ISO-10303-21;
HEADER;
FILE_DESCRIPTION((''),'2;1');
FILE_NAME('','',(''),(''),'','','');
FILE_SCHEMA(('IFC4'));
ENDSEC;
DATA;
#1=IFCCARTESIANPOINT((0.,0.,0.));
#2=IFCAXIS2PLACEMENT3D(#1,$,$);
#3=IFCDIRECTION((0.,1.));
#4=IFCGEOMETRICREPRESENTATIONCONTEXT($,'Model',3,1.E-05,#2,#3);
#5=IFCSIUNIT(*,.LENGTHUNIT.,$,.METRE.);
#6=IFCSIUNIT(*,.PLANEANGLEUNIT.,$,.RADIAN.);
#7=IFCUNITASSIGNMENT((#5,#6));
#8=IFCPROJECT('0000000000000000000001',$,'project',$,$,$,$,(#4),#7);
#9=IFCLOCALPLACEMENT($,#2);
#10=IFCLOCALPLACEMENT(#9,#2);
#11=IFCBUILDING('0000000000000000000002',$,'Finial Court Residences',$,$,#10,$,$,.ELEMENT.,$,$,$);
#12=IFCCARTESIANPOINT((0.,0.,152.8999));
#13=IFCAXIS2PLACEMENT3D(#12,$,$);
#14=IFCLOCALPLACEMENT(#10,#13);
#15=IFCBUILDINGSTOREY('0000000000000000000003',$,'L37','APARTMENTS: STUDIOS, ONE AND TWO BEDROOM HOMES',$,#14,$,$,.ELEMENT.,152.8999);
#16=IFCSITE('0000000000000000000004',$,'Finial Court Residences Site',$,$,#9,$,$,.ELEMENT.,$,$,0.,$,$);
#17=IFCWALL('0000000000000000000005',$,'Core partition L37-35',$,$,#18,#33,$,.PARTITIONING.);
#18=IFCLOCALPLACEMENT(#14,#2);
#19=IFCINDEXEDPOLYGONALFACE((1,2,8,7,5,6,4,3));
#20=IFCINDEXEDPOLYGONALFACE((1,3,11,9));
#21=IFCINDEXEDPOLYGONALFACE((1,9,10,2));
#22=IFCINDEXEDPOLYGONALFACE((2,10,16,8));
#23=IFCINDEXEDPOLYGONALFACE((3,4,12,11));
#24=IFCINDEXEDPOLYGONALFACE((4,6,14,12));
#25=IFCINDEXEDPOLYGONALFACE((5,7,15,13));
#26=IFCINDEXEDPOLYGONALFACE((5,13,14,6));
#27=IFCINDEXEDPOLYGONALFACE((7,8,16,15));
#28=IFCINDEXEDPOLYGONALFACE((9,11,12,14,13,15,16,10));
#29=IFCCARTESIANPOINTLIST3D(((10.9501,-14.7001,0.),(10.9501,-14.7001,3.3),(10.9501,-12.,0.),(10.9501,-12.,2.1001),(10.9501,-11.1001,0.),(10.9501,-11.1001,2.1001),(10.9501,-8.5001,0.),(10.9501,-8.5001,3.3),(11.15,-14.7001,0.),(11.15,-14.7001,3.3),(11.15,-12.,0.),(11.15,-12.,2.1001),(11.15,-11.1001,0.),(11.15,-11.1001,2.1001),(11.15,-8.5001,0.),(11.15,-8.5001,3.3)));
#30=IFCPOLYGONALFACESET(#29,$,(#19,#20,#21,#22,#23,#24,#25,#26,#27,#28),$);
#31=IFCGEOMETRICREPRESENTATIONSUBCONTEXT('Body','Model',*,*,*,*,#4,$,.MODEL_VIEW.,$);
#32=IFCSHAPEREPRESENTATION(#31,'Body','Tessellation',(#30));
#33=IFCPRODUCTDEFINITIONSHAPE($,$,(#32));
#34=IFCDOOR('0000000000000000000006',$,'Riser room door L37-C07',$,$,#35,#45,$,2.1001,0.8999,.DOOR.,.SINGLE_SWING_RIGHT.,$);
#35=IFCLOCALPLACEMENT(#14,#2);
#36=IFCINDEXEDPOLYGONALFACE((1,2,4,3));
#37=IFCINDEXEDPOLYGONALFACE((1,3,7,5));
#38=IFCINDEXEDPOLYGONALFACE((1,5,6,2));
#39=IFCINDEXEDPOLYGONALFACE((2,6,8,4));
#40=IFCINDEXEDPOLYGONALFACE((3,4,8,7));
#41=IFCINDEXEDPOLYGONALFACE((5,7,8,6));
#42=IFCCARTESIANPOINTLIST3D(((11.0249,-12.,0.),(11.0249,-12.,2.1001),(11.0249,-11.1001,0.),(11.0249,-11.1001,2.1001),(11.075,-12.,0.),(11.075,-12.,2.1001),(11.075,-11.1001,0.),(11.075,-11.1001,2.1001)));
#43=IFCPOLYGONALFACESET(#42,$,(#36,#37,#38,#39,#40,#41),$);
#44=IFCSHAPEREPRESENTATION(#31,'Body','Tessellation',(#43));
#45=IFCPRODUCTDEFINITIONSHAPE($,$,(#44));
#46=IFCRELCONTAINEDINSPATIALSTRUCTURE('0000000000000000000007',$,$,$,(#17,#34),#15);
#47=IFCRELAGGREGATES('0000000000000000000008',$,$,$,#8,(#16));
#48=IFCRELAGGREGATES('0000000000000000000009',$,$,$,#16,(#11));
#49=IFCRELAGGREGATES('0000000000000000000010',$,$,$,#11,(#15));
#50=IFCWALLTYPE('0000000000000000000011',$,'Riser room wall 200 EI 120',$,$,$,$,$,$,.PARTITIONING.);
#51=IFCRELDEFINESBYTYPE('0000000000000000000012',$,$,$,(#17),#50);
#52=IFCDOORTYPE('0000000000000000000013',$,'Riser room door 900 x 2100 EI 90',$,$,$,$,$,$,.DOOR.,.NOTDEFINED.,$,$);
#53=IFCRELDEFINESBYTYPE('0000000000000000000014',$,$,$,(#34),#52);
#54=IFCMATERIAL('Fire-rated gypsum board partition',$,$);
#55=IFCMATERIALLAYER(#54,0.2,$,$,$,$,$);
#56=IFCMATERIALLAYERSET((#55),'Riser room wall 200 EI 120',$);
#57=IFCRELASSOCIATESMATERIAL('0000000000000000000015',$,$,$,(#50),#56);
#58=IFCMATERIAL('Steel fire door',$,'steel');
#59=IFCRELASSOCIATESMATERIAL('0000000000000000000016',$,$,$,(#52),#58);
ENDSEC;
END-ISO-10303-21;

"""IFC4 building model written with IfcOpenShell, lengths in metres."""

from ifc_helpers import new_model, si_unit, direction, frame, frame_2d, origin, place, context, subcontext, project, spatial, rectangle, extrude, material, layer, layer_set, type_object, element, fill, save


model = new_model("IFC4")

# Units and contexts
model_context = context("Model", 3, precision=1e-05, world=origin(), true_north=direction((0.0, 1.0)))
body_context = subcontext(model_context, "Body", "Model", "MODEL_VIEW")
ifc_project = project(units=[si_unit("LENGTHUNIT", "METRE"), si_unit("PLANEANGLEUNIT", "RADIAN")], contexts=[model_context])

# Site, building, storey
site_placement = place(None, origin())
site = spatial("IfcSite", under=ifc_project, at=site_placement, Name="Finial Court Residences Site", CompositionType="ELEMENT", RefElevation=0.0)
building_placement = place(site_placement, origin())
building = spatial("IfcBuilding", under=site, at=building_placement, Name="Finial Court Residences", CompositionType="ELEMENT")
storey_placement = place(building_placement, frame((0.0, 0.0, 152.8999)))
storey = spatial("IfcBuildingStorey", under=building, at=storey_placement, Name="L37", Description="APARTMENTS: STUDIOS, ONE AND TWO BEDROOM HOMES", CompositionType="ELEMENT", Elevation=152.8999)

# Shared definitions
ifc_material_1 = material(Name="Fire-rated gypsum board partition")
ifc_layer_1 = layer(ifc_material_1, 0.2)
ifc_layer_set_1 = layer_set([ifc_layer_1], Name="Riser room wall 200 EI 120")
wall_type_1 = type_object("IfcWallType", Name="Riser room wall 200 EI 120", PredefinedType="PARTITIONING", material=ifc_layer_set_1)

# Wall, opening, door
wall_1_placement = place(storey_placement, frame((11.05, -8.5, 0.0), z_axis=(0.0, 0.0, 1.0), x_axis=(0.0, -1.0, 0.0)))
wall_1 = element("IfcWall", 1, at=wall_1_placement, inside=storey, type_object=wall_type_1, Name="Core partition L37-35", PredefinedType="PARTITIONING", context=body_context, shape_type="SweptSolid", body=[
    extrude(rectangle(XDim=6.2, YDim=0.2, at=frame_2d((3.1001, 0.0))), origin(), (0.0, 0.0, 1.0), 3.3),
])
opening_1_placement = place(wall_1_placement, frame((2.6001, 0.0, 0.0)))
opening_1 = element("IfcOpeningElement", 2, at=opening_1_placement, cuts=wall_1, PredefinedType="OPENING", context=body_context, shape_type="SweptSolid", body=[
    extrude(rectangle(XDim=0.8999, YDim=2.1001, at=frame_2d((0.45, 1.05))), frame((0.0, 0.1099, 0.0), z_axis=(0.0, -1.0, 0.0), x_axis=(1.0, 0.0, 0.0)), (0.0, 0.0, 1.0), 0.22),
])
ifc_material_2 = material(Name="Steel fire door", Category="steel")
door_type_1 = type_object("IfcDoorType", Name="Riser room door 900 x 2100 EI 90", OperationType="NOTDEFINED", PredefinedType="DOOR", material=ifc_material_2)
door_1_placement = place(opening_1_placement, origin())
door_1 = element("IfcDoor", 3, at=door_1_placement, inside=storey, type_object=door_type_1, Name="Riser room door L37-C07", OperationType="SINGLE_SWING_RIGHT", OverallHeight=2.1001, OverallWidth=0.8999, PredefinedType="DOOR", context=body_context, shape_type="SweptSolid", body=[
    extrude(rectangle(XDim=0.8999, YDim=2.1001, at=frame_2d((0.45, 1.05))), frame((0.0, 0.0249, 0.0), z_axis=(0.0, -1.0, 0.0), x_axis=(1.0, 0.0, 0.0)), (0.0, 0.0, 1.0), 0.05),
])
fill(opening_1, door_1)

save(model, "model.ifc")
